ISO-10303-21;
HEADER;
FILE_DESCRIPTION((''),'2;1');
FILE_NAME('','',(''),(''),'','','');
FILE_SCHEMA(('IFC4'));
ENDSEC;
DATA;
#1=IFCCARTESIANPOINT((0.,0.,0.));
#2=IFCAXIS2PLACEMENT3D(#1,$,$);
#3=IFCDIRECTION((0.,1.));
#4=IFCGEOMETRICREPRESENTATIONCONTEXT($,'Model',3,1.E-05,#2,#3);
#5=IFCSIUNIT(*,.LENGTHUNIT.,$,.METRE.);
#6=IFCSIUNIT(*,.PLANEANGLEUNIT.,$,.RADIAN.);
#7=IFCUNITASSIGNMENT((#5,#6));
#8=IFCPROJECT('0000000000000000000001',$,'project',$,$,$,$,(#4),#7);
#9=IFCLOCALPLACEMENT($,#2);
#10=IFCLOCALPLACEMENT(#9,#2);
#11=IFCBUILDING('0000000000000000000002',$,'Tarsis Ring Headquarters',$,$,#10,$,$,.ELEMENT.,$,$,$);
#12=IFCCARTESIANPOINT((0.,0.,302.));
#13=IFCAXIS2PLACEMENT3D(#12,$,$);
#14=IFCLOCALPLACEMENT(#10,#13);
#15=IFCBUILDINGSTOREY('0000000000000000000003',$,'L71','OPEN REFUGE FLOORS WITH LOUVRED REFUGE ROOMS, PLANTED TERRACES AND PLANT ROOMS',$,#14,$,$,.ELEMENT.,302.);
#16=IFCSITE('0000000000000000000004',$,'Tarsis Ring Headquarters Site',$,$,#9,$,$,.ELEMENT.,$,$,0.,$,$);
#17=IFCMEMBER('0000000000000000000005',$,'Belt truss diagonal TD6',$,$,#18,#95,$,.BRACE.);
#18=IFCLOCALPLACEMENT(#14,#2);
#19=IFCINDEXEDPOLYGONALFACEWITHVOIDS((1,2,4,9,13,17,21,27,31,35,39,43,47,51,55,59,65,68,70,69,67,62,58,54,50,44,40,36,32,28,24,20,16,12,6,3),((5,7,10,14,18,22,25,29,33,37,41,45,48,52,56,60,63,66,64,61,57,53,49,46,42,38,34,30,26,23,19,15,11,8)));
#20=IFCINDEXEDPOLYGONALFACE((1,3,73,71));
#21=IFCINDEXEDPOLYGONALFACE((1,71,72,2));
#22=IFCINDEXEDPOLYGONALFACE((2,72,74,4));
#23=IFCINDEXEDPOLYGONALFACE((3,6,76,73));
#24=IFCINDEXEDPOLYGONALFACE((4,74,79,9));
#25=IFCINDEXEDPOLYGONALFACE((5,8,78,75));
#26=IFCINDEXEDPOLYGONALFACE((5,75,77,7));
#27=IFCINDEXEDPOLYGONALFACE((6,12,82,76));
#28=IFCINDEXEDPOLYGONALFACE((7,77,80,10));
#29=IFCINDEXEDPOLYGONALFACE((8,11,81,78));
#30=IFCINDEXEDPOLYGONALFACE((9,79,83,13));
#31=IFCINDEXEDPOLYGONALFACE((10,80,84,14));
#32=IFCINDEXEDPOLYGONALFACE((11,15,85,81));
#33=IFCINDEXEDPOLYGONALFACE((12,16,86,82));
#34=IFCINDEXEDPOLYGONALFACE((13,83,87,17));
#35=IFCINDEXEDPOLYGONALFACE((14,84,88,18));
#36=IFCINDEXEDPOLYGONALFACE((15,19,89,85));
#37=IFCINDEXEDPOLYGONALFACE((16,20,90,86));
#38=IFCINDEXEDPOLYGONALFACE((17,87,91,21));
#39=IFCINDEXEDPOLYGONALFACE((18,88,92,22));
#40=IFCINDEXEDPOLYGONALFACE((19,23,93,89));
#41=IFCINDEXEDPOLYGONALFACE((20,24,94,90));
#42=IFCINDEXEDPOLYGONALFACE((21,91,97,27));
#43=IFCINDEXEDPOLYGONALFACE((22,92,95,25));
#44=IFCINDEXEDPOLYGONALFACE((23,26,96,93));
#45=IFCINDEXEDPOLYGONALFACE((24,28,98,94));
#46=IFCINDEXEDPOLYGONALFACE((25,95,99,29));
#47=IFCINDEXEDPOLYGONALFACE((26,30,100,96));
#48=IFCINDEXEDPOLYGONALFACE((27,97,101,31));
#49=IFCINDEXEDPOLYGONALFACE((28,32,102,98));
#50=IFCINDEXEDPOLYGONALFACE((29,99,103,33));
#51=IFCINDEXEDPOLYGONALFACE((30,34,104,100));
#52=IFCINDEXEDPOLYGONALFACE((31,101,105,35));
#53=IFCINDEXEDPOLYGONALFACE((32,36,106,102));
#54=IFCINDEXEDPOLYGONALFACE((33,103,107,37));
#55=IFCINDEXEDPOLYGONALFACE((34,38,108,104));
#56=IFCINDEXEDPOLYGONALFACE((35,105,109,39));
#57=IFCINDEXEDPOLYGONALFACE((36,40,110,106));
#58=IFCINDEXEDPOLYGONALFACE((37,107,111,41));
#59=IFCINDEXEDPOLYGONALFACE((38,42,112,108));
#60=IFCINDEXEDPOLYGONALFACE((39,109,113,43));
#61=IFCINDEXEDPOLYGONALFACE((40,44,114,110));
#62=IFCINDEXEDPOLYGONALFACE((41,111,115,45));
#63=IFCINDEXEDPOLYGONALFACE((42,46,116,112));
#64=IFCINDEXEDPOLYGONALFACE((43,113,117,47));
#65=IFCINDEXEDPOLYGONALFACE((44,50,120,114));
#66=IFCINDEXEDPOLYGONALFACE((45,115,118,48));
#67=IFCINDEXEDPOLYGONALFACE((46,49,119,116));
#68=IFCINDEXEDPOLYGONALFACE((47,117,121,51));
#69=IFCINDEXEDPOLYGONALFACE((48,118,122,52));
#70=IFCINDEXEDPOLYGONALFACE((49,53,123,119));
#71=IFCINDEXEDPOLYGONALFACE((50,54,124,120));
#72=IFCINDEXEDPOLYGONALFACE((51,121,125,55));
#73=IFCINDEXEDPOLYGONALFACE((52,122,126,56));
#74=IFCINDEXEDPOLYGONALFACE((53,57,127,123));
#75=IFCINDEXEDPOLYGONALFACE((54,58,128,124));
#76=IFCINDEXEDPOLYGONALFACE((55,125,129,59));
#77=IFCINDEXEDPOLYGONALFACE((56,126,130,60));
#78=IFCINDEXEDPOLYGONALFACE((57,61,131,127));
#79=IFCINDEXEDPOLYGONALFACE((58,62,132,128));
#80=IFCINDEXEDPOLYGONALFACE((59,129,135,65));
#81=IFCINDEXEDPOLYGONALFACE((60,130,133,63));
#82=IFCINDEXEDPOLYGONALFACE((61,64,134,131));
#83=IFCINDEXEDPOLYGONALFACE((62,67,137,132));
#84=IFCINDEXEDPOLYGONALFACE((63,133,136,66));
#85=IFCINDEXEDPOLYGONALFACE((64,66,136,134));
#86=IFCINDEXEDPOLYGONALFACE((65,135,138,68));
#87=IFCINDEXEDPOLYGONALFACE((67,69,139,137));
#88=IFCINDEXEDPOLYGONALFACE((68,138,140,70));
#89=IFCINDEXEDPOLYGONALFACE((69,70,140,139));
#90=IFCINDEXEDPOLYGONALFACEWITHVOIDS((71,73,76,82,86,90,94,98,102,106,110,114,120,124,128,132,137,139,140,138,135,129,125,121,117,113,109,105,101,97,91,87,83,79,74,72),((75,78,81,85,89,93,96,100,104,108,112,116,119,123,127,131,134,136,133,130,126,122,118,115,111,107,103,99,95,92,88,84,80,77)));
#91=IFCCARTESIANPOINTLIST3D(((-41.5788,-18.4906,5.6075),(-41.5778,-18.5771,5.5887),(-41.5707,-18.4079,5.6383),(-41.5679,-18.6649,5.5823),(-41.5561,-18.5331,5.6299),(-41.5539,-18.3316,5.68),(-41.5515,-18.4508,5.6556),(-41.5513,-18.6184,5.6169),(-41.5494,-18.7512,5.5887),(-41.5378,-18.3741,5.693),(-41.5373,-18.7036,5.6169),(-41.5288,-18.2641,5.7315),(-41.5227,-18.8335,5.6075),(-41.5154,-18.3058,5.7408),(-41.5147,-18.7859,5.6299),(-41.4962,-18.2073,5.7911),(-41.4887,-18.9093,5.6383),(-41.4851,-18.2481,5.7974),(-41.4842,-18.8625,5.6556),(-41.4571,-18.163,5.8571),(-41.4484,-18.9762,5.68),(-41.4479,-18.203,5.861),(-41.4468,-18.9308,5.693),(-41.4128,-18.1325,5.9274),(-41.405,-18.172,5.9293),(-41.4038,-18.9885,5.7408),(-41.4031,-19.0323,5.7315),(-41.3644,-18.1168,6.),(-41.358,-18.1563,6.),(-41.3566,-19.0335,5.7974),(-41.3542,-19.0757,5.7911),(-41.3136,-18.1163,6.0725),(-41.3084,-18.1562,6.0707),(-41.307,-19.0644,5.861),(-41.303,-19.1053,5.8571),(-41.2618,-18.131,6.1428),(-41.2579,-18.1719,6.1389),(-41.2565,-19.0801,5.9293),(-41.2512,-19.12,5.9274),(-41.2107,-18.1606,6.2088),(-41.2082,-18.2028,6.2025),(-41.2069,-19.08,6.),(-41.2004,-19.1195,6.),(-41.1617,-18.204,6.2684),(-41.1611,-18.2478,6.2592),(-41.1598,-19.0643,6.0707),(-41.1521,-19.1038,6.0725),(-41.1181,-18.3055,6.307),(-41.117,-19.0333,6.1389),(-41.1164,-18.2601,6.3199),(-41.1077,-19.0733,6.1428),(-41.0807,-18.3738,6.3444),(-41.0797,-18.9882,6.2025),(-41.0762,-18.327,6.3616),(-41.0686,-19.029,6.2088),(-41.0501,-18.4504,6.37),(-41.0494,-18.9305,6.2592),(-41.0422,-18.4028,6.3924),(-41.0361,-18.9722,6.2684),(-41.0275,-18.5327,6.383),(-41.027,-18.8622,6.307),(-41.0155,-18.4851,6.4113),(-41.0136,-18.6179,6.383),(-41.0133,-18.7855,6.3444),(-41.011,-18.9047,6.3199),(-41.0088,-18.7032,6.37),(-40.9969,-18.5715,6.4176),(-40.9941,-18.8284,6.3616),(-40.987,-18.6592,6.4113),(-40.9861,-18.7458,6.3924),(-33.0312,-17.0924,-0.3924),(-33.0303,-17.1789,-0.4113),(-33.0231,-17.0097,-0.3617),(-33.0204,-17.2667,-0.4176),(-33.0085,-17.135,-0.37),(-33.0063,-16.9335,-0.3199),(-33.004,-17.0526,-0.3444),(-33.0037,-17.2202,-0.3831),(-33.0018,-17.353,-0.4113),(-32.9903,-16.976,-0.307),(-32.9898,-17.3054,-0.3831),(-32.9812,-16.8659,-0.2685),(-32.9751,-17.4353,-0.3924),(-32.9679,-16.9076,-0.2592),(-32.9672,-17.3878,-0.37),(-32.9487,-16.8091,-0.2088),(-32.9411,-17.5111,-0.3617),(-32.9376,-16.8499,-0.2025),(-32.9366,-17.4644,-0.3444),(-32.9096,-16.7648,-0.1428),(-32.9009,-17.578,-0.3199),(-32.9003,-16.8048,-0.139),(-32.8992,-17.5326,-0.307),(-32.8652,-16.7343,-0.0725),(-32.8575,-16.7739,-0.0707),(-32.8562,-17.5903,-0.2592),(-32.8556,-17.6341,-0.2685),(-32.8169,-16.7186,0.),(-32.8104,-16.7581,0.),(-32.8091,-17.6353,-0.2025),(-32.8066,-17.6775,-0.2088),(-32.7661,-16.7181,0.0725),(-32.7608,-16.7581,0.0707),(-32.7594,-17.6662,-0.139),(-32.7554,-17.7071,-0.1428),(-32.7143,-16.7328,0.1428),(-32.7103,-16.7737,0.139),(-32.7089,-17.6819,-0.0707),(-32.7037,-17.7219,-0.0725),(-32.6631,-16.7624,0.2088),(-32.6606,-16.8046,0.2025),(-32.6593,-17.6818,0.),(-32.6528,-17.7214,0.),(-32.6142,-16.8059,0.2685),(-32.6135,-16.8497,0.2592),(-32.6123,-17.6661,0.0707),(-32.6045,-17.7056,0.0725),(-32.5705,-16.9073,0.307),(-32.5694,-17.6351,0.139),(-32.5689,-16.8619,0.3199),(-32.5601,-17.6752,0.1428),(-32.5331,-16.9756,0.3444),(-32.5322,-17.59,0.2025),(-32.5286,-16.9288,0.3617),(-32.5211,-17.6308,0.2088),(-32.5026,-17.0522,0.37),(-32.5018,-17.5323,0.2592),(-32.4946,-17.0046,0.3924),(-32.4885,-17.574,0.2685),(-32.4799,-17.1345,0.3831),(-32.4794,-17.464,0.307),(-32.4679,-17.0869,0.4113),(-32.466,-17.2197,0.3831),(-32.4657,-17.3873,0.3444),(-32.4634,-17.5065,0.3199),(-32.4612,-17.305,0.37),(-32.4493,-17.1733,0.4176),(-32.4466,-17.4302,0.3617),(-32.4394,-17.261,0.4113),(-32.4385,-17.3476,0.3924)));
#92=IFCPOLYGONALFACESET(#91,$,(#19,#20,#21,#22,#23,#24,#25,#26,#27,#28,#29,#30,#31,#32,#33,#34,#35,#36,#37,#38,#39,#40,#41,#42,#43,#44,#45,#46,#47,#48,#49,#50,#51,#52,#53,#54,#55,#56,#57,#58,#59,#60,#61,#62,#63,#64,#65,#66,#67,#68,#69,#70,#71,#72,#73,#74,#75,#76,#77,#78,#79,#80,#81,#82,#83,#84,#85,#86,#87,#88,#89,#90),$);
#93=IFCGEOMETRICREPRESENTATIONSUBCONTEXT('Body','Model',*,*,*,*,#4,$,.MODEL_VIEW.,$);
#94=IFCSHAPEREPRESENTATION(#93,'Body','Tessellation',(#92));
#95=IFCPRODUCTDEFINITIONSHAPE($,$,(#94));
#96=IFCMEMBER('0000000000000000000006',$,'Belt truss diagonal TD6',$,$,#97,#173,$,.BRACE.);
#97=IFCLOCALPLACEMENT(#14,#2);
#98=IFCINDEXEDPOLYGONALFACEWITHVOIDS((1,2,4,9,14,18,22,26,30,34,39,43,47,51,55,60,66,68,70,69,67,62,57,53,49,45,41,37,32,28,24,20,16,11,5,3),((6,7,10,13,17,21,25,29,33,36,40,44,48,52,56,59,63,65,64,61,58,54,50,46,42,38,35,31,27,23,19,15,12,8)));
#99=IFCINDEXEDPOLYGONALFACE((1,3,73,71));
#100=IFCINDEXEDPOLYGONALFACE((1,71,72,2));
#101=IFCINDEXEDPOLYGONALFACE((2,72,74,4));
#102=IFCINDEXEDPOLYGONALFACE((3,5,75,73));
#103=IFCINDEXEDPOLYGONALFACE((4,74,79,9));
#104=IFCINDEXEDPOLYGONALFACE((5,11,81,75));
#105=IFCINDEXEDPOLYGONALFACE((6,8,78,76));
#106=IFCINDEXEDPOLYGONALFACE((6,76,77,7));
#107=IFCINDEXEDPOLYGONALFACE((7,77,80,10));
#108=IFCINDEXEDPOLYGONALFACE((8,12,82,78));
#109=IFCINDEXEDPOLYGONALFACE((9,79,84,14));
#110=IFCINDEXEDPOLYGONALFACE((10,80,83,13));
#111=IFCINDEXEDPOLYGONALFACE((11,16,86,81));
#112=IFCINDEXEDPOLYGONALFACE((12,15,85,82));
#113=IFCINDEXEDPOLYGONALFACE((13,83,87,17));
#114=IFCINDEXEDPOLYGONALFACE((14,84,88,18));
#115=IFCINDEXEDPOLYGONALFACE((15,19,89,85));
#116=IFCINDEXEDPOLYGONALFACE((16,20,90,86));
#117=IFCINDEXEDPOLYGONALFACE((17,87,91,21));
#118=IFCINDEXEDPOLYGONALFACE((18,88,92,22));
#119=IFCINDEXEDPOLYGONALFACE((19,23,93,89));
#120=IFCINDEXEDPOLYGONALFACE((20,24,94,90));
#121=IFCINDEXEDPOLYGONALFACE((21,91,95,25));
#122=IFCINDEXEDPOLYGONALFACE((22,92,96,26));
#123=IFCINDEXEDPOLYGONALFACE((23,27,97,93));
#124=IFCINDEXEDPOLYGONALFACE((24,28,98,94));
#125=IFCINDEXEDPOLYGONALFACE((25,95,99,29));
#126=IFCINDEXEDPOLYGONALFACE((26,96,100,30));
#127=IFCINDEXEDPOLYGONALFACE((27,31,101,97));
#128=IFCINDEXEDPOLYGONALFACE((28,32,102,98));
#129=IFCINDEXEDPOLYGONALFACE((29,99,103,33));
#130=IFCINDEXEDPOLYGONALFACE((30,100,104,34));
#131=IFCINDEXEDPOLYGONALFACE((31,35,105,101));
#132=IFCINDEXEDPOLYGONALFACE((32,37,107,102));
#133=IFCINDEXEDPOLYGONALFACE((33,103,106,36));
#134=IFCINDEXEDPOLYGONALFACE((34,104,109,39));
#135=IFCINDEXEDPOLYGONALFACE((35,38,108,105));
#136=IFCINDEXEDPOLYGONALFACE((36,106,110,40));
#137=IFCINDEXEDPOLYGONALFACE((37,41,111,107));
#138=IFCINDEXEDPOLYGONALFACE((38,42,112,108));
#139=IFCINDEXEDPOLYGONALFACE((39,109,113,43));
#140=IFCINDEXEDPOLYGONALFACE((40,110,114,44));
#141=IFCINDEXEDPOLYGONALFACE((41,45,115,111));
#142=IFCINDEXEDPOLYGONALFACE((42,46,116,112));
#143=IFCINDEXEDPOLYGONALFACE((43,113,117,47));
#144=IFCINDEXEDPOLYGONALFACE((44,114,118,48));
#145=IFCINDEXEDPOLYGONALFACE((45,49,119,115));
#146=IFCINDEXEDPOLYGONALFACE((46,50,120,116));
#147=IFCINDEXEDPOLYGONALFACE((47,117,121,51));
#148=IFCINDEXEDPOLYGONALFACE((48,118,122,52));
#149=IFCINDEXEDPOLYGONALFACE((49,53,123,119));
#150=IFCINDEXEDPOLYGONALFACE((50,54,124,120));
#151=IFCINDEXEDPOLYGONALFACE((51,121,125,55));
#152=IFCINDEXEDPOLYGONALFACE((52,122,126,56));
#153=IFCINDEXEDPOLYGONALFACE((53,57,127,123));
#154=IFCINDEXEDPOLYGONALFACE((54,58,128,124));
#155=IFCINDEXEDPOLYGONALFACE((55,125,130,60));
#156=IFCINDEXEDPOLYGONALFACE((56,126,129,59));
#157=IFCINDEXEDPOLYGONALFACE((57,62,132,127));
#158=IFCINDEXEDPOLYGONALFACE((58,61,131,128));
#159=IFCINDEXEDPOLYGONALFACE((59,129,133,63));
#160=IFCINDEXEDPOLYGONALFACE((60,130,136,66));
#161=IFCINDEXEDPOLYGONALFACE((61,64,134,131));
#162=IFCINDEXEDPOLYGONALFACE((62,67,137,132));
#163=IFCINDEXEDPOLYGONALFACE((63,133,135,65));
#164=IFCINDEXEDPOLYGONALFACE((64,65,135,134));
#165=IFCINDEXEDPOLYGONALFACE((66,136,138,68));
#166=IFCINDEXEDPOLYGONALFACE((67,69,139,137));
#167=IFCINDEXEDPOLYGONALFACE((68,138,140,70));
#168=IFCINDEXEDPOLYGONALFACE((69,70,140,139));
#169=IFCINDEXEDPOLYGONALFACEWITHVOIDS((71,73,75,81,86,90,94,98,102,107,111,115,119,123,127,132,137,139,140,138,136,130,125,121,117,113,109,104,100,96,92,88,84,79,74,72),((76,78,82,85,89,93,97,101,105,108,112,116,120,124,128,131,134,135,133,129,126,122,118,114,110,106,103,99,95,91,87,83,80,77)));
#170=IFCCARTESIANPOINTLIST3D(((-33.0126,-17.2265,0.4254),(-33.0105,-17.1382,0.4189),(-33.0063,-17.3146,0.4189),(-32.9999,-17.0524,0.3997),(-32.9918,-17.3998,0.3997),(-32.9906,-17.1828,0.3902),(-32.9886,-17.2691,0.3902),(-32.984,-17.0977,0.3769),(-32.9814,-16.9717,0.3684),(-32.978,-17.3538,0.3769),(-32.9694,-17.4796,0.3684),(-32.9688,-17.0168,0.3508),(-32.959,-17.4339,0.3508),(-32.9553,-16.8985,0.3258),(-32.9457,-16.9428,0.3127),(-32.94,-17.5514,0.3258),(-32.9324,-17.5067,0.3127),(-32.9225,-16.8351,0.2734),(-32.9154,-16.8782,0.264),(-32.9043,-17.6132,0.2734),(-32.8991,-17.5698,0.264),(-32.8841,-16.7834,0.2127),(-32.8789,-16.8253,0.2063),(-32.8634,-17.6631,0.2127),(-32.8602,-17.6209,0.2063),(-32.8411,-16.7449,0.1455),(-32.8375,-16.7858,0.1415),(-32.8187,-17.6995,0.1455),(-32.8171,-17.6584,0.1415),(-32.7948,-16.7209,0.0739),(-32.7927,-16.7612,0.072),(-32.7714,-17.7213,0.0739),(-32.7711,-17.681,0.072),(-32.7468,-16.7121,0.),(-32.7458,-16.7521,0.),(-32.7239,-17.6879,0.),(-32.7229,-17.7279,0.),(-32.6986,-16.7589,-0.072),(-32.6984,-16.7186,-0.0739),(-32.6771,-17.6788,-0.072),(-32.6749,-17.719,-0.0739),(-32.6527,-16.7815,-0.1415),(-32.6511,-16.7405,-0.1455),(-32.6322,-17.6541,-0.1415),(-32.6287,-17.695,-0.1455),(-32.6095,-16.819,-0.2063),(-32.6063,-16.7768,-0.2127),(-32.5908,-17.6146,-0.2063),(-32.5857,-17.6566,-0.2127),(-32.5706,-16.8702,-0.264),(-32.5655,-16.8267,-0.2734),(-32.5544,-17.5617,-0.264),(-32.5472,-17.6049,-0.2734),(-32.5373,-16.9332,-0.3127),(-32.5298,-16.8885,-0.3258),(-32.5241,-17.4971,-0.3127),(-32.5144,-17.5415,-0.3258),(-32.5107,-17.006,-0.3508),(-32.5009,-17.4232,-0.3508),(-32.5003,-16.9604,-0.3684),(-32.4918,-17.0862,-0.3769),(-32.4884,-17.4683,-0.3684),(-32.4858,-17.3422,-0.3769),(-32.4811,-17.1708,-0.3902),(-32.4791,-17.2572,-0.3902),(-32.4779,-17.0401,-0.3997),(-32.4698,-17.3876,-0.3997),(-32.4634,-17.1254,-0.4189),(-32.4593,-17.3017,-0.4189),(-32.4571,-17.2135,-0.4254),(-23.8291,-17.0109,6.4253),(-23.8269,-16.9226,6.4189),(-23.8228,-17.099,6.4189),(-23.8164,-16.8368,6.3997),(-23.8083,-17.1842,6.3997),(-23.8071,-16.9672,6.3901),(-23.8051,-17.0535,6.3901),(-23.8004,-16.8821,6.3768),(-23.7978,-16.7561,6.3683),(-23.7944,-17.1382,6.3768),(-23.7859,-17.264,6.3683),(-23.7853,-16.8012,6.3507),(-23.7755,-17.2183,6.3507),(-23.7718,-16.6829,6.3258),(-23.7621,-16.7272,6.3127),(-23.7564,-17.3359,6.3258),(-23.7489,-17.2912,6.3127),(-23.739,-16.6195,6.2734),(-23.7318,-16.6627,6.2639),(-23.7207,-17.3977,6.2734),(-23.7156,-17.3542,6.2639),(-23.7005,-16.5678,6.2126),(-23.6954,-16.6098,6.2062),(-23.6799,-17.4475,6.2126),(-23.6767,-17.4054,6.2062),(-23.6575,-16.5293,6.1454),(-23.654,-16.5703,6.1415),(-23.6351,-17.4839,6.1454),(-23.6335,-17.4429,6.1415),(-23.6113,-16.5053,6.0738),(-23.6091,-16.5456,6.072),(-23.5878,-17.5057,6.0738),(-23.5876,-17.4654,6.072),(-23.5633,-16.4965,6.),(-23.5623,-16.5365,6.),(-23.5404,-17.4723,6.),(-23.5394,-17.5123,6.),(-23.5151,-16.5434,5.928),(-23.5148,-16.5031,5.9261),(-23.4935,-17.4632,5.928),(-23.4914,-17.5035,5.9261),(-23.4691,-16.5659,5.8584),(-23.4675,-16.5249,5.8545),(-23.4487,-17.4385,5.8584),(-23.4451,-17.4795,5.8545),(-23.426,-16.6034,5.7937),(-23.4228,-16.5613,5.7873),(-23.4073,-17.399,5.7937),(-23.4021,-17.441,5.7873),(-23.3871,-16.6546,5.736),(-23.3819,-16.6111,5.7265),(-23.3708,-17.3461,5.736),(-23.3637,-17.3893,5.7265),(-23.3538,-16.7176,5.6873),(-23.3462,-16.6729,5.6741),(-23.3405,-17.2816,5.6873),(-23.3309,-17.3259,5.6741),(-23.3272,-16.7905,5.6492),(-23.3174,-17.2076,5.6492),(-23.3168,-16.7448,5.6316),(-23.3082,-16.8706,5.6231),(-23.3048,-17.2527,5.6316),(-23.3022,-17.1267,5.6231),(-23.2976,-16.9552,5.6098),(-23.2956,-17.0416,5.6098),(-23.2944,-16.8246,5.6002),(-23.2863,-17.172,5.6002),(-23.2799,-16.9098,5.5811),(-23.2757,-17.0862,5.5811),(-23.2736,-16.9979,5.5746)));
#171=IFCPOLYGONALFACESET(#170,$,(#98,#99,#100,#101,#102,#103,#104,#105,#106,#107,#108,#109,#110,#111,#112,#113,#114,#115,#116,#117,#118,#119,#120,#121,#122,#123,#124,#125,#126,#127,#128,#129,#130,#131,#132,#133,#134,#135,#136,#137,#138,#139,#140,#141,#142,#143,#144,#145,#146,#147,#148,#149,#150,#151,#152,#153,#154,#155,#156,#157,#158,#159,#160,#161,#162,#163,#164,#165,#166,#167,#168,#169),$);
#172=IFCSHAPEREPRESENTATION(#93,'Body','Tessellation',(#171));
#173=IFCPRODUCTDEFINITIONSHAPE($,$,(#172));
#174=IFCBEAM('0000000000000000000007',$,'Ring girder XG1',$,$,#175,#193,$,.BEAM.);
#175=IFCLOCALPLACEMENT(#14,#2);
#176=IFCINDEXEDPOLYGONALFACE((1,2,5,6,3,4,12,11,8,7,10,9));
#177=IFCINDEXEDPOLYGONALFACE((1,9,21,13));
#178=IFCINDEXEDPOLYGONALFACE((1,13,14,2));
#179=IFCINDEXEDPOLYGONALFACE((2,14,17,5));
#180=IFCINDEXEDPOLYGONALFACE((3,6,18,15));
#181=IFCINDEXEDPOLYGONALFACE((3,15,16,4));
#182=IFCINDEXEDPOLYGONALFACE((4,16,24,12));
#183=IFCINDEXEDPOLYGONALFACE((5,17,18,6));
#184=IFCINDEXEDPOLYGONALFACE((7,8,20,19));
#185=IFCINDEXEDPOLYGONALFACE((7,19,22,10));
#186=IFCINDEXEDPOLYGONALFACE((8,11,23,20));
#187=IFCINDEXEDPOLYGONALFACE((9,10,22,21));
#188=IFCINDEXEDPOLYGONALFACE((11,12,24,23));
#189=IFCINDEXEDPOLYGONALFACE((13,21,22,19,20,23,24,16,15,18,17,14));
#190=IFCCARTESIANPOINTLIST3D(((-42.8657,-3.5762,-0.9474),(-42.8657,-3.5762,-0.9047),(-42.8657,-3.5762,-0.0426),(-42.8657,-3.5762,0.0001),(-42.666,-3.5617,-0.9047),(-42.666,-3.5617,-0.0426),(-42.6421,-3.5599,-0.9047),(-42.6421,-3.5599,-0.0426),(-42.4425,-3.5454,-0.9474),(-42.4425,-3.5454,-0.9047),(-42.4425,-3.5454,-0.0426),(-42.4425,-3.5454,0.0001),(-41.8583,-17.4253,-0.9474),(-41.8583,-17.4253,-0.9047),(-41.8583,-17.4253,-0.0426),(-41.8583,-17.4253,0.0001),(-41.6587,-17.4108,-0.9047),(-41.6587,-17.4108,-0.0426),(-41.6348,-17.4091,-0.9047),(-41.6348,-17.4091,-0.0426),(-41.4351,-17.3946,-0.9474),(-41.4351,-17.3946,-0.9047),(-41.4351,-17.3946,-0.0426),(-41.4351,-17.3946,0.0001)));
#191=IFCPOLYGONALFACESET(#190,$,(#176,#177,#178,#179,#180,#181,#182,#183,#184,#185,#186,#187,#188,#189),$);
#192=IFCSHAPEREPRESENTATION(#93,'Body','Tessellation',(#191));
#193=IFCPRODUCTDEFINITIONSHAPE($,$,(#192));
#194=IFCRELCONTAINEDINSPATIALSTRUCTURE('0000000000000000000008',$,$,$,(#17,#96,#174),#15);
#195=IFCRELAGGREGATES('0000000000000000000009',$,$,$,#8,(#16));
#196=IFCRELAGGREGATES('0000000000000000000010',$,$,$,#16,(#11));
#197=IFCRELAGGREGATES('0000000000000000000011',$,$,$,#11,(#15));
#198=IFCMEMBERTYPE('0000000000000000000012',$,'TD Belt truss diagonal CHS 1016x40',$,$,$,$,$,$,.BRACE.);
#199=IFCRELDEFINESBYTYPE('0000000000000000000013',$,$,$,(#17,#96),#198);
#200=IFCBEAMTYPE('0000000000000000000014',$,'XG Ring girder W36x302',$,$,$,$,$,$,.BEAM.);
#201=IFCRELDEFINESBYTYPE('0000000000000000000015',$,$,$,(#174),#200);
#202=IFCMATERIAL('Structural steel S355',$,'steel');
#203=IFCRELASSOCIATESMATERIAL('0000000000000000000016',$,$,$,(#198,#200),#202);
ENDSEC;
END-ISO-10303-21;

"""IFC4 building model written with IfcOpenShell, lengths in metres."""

from ifc_helpers import new_model, si_unit, direction, frame, origin, origin_2d, place, context, subcontext, project, spatial, hollow_circle, i_section, extrude, material, material_profile, profile_set, type_object, element, save


model = new_model("IFC4")

# Units and contexts
model_context = context("Model", 3, precision=1e-05, world=origin(), true_north=direction((0.0, 1.0)))
body_context = subcontext(model_context, "Body", "Model", "MODEL_VIEW")
ifc_project = project(units=[si_unit("LENGTHUNIT", "METRE"), si_unit("PLANEANGLEUNIT", "RADIAN")], contexts=[model_context])

# Site, building, storey
site_placement = place(None, origin())
site = spatial("IfcSite", under=ifc_project, at=site_placement, Name="Tarsis Ring Headquarters Site", CompositionType="ELEMENT", RefElevation=0.0)
building_placement = place(site_placement, origin())
building = spatial("IfcBuilding", under=site, at=building_placement, Name="Tarsis Ring Headquarters", CompositionType="ELEMENT")
storey_placement = place(building_placement, frame((0.0, 0.0, 302.0)))
storey = spatial("IfcBuildingStorey", under=building, at=storey_placement, Name="L71", Description="OPEN REFUGE FLOORS WITH LOUVRED REFUGE ROOMS, PLANTED TERRACES AND PLANT ROOMS", CompositionType="ELEMENT", Elevation=302.0)

# Shared definitions
ifc_material_1 = material(Name="Structural steel S355", Category="steel")
ifc_material_profile_1 = material_profile(ifc_material_1, hollow_circle(Radius=0.5081, WallThickness=0.04, at=origin_2d()), Name="CHS 1016x40")
ifc_profile_set_1 = profile_set([ifc_material_profile_1], Name="Structural steel S355")

# Members
member_type_1 = type_object("IfcMemberType", Name="TD Belt truss diagonal CHS 1016x40", PredefinedType="BRACE", material=ifc_profile_set_1)
member_1_placement = place(storey_placement, frame((-32.7349, -17.22, 0.0), z_axis=(-0.811243, -0.132701, 0.569452), x_axis=(0.161432, -0.986884, 0.0)))
element("IfcMember", 1, at=member_1_placement, inside=storey, type_object=member_type_1, Name="Belt truss diagonal TD6", PredefinedType="BRACE", context=body_context, shape_type="SweptSolid", body=[
    extrude(hollow_circle(Radius=0.5081, WallThickness=0.04, at=origin_2d()), origin(), (0.0, 0.0, 1.0), 10.5364),
])
member_2_placement = place(storey_placement, frame((-32.7349, -17.22, 0.0), z_axis=(0.837002, 0.019648, 0.546846), x_axis=(-0.023468, 0.999725, 0.0)))
element("IfcMember", 2, at=member_2_placement, inside=storey, type_object=member_type_1, Name="Belt truss diagonal TD6", PredefinedType="BRACE", context=body_context, shape_type="SweptSolid", body=[
    extrude(hollow_circle(Radius=0.5081, WallThickness=0.04, at=origin_2d()), origin(), (0.0, 0.0, 1.0), 10.9719),
])

# Beam
ifc_material_profile_2 = material_profile(ifc_material_1, i_section(OverallWidth=0.4243, OverallDepth=0.9475, WebThickness=0.0239, FlangeThickness=0.0427, at=origin_2d()), Name="W36x302")
ifc_profile_set_2 = profile_set([ifc_material_profile_2], Name="Structural steel S355")
beam_type = type_object("IfcBeamType", Name="XG Ring girder W36x302", PredefinedType="BEAM", material=ifc_profile_set_2)
beam_1_placement = place(storey_placement, frame((-42.6541, -3.5608, -0.4736), z_axis=(0.072544, -0.997365, 0.0), x_axis=(0.997365, 0.072544, 0.0)))
element("IfcBeam", 3, at=beam_1_placement, inside=storey, type_object=beam_type, Name="Ring girder XG1", PredefinedType="BEAM", context=body_context, shape_type="SweptSolid", body=[
    extrude(i_section(OverallWidth=0.4243, OverallDepth=0.9475, WebThickness=0.0239, FlangeThickness=0.0427, at=origin_2d()), origin(), (0.0, 0.0, 1.0), 13.8857),
])

save(model, "model.ifc")
